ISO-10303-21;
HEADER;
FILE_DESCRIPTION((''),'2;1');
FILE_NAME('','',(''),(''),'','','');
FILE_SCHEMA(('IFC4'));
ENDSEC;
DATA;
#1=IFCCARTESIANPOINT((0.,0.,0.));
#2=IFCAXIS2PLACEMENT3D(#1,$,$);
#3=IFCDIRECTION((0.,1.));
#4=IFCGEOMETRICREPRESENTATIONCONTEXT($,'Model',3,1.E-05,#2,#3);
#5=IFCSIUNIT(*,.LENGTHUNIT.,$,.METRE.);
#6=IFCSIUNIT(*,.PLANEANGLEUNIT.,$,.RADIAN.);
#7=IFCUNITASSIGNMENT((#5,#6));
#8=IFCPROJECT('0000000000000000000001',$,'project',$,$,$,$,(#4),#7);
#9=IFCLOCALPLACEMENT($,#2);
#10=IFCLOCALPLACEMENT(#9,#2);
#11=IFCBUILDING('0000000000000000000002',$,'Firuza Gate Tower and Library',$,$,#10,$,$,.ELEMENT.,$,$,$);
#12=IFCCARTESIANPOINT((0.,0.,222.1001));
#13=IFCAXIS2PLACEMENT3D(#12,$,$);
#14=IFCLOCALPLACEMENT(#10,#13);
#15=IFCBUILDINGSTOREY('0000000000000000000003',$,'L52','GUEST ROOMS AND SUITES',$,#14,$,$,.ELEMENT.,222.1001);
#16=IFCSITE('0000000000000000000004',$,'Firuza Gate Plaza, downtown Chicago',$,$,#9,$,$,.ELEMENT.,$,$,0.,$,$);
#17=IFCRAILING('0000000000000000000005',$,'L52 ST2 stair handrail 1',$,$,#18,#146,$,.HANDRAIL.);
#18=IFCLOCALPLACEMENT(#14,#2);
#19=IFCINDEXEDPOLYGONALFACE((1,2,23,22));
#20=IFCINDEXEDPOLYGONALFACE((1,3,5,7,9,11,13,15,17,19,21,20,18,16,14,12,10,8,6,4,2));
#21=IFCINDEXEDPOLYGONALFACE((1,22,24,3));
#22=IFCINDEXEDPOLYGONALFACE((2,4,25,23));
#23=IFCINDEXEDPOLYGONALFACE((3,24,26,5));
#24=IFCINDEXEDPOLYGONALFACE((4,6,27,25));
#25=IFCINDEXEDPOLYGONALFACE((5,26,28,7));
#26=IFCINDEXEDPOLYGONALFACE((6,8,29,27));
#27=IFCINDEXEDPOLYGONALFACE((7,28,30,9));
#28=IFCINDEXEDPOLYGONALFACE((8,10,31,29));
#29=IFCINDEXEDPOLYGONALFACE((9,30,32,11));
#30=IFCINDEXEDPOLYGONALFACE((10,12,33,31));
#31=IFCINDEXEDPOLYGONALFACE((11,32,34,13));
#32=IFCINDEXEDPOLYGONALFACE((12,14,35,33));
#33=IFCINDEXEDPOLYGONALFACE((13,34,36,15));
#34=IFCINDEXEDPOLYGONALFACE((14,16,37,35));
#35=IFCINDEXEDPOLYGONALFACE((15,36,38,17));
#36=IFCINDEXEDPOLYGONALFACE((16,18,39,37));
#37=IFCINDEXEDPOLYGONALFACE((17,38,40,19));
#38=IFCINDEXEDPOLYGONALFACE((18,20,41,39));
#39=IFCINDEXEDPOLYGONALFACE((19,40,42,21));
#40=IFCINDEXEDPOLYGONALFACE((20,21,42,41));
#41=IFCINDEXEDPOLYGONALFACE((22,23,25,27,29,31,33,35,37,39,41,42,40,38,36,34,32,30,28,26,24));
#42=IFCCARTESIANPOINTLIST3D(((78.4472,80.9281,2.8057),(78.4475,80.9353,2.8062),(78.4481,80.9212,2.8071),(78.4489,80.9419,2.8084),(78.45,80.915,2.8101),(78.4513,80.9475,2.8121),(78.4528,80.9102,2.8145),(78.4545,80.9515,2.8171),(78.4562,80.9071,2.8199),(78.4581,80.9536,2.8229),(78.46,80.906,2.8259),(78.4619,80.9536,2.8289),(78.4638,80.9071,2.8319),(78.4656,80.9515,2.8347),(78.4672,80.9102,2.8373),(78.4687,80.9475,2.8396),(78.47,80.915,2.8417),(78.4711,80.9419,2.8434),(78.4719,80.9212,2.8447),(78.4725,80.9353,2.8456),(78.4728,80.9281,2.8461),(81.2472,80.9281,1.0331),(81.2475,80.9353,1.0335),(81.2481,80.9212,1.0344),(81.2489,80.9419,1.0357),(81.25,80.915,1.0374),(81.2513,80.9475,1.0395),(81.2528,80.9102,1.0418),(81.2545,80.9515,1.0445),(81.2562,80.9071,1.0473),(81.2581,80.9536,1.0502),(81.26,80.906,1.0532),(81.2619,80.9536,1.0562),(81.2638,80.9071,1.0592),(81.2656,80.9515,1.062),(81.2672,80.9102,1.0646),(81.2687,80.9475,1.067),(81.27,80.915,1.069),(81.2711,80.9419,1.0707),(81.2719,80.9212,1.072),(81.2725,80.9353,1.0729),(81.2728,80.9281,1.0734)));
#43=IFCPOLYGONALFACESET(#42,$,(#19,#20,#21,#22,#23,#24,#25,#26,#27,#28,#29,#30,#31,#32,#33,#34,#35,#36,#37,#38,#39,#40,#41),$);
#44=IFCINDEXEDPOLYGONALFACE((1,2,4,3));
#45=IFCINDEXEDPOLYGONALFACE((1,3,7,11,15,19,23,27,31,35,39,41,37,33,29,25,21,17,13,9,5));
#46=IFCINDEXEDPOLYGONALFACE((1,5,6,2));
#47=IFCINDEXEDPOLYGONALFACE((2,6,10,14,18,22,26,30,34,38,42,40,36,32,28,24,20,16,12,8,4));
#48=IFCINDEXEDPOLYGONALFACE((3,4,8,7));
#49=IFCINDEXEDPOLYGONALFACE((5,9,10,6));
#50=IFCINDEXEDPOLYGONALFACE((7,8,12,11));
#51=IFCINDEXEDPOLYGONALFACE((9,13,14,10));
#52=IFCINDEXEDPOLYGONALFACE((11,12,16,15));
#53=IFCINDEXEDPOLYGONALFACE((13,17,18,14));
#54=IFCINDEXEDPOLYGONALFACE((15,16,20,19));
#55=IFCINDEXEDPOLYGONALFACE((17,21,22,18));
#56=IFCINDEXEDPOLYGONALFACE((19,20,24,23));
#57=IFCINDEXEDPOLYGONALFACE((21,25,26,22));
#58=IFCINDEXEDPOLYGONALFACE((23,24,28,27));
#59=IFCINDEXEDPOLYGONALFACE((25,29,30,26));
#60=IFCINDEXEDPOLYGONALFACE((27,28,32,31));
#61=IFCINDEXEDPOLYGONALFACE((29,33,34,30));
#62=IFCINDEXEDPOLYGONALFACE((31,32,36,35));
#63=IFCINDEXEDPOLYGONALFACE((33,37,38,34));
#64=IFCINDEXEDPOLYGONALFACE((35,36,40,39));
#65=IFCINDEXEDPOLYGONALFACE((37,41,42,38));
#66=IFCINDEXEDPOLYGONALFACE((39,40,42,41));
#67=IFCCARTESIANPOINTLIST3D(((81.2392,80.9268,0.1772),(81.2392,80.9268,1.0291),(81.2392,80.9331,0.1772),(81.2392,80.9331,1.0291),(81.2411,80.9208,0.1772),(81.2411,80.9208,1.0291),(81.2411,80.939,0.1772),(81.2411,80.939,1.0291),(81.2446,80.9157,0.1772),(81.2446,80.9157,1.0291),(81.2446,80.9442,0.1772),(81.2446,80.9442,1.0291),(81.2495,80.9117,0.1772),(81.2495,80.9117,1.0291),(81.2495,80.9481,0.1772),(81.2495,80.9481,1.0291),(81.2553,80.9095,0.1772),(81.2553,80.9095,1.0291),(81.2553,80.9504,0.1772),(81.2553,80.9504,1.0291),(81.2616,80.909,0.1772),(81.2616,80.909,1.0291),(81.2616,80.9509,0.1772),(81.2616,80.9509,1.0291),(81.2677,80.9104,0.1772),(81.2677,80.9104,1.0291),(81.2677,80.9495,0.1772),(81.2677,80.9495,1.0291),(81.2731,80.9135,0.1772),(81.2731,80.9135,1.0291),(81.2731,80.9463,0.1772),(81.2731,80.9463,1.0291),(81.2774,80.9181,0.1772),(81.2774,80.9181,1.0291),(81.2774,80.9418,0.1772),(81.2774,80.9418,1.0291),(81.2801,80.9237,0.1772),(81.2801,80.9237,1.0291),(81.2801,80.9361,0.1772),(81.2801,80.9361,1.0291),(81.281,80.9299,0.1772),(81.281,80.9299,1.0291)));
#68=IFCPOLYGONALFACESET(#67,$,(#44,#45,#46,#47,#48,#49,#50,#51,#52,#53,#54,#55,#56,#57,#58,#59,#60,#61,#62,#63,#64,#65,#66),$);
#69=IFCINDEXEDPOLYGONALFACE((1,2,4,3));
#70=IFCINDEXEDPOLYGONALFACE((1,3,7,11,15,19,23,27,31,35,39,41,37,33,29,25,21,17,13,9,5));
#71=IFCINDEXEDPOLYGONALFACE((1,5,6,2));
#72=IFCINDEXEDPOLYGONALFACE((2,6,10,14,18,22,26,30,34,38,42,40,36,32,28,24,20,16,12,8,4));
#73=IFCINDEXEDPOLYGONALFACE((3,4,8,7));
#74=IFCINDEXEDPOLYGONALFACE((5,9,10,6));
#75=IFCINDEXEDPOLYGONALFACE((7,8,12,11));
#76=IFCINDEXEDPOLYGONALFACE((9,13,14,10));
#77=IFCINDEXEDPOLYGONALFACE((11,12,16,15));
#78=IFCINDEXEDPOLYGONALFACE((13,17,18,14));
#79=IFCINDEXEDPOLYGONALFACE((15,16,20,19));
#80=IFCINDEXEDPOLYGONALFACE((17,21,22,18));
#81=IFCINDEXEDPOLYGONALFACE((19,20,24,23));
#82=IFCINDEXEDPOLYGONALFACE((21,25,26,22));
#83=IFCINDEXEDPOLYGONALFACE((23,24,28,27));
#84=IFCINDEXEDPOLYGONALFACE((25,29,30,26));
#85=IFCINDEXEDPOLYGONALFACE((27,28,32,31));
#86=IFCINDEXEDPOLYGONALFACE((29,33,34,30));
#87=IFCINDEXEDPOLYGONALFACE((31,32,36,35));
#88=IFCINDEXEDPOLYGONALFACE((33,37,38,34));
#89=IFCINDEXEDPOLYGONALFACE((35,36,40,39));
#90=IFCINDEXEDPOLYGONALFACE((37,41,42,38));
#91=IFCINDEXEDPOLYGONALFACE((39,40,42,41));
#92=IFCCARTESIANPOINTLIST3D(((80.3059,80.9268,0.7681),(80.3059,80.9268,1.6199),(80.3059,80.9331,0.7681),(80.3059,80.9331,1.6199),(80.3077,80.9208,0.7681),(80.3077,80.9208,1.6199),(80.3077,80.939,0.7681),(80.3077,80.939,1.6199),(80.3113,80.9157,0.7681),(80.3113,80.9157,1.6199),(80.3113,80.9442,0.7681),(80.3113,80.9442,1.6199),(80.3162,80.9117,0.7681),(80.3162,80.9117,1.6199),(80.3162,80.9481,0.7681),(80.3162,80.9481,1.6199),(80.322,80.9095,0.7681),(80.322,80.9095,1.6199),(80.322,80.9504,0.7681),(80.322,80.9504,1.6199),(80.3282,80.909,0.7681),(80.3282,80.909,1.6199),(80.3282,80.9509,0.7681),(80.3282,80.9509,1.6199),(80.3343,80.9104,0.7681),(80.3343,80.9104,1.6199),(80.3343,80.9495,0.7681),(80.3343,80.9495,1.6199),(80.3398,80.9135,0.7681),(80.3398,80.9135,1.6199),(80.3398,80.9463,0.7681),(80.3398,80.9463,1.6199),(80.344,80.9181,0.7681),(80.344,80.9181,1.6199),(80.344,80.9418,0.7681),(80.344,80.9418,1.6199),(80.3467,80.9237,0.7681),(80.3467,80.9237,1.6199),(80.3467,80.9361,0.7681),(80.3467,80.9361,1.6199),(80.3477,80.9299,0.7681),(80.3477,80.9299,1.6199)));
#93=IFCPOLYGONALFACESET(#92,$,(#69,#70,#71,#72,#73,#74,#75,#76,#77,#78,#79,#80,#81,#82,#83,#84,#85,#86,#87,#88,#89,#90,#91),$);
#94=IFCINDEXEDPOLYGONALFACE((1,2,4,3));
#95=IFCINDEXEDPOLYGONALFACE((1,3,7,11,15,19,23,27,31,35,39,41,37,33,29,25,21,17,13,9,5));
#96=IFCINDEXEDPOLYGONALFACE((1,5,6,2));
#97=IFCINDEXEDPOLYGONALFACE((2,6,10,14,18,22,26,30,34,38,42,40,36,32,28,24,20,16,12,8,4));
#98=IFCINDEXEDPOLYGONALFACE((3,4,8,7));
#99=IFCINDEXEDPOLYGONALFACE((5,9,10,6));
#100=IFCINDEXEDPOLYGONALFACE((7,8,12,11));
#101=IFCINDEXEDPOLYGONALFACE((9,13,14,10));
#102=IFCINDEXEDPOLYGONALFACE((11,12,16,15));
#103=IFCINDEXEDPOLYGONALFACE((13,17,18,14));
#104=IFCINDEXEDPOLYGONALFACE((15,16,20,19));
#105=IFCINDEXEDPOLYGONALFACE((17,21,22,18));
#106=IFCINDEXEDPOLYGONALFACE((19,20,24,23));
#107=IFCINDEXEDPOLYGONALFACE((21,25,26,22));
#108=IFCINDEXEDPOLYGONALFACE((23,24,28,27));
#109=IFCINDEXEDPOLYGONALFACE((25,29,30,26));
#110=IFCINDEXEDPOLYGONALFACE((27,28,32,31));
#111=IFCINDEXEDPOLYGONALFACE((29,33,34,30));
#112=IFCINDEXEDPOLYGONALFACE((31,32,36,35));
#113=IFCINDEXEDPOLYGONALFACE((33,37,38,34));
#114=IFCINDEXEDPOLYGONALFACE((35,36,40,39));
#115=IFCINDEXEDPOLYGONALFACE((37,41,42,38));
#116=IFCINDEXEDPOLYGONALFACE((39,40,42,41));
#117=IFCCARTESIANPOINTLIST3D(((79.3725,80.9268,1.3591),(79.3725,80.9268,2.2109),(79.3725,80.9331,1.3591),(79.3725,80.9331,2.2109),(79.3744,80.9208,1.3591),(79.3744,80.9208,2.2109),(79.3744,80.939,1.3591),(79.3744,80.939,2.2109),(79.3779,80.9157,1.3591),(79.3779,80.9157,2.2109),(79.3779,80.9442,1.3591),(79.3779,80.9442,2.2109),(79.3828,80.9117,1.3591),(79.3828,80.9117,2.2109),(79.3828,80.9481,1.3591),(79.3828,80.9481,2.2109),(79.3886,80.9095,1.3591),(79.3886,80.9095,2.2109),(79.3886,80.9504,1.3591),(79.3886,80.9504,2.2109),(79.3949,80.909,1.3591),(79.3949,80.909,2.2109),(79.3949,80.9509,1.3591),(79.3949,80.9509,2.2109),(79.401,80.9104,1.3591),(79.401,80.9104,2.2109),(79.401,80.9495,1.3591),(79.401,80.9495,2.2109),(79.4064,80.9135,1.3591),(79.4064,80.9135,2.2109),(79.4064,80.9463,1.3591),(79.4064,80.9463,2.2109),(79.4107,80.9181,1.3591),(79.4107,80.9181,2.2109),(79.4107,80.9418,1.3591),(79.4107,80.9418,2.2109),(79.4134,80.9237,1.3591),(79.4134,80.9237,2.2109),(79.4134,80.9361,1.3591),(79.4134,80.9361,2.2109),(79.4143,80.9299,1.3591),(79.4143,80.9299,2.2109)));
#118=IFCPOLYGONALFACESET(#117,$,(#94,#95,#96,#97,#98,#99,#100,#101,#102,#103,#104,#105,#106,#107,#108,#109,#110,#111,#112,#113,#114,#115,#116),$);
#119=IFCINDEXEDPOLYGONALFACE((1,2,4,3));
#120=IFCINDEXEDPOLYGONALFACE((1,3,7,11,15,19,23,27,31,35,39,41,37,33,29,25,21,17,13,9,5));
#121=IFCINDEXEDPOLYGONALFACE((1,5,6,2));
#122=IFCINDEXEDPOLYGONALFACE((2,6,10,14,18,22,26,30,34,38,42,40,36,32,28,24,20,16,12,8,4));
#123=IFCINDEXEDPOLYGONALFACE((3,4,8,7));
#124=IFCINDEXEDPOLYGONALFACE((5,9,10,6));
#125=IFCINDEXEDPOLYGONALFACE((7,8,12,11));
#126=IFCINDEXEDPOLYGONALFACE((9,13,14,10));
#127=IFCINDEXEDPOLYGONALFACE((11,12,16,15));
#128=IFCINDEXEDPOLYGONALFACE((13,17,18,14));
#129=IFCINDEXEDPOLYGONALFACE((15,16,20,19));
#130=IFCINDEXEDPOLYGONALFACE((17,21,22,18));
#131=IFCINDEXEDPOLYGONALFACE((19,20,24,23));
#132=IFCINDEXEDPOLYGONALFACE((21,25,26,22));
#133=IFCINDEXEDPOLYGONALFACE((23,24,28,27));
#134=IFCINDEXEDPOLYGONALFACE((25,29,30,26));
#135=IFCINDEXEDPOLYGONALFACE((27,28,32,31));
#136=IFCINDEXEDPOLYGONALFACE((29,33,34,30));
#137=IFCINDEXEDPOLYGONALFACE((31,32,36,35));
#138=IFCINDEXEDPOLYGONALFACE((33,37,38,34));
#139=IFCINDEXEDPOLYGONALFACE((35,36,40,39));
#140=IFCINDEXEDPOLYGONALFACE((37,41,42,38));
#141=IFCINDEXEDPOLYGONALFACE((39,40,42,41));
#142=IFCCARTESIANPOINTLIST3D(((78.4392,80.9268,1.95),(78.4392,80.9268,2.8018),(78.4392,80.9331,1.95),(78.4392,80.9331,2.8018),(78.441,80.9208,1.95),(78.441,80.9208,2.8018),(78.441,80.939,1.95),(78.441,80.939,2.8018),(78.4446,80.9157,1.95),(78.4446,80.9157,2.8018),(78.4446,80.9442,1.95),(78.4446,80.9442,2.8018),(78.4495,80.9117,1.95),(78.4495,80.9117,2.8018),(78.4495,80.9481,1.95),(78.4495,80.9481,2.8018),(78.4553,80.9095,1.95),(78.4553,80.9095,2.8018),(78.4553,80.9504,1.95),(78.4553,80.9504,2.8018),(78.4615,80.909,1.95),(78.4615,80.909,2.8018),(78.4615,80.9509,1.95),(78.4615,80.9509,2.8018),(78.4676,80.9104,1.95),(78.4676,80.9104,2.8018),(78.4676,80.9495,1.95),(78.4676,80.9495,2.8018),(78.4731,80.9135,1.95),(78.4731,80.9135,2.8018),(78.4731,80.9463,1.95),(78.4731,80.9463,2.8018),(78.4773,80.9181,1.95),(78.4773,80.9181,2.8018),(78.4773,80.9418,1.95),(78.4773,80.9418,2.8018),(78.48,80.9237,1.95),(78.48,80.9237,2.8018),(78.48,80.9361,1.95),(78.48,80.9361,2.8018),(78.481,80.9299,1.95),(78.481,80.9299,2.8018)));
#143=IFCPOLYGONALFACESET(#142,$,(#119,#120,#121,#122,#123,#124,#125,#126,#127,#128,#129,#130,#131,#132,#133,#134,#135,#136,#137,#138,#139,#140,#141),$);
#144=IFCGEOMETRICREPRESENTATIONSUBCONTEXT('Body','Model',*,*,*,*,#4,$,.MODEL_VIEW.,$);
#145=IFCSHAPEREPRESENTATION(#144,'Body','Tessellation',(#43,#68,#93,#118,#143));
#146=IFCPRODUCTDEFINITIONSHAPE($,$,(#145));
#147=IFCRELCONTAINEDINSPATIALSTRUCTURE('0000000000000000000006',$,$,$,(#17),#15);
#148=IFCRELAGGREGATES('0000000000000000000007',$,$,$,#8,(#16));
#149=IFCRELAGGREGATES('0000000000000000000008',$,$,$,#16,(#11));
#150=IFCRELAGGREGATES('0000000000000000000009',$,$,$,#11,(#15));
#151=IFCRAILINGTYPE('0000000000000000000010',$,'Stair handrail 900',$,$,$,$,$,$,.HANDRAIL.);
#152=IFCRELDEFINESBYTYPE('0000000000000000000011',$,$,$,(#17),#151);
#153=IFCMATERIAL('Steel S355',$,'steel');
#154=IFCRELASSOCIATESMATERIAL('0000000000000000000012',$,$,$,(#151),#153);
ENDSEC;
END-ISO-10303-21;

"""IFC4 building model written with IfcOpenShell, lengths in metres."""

from ifc_helpers import new_model, si_unit, direction, frame, origin, origin_2d, place, context, subcontext, project, spatial, circle, extrude, material, type_object, element, save


model = new_model("IFC4")

# Units and contexts
model_context = context("Model", 3, precision=1e-05, world=origin(), true_north=direction((0.0, 1.0)))
body_context = subcontext(model_context, "Body", "Model", "MODEL_VIEW")
ifc_project = project(units=[si_unit("LENGTHUNIT", "METRE"), si_unit("PLANEANGLEUNIT", "RADIAN")], contexts=[model_context])

# Site, building, storey
site_placement = place(None, origin())
site = spatial("IfcSite", under=ifc_project, at=site_placement, Name="Firuza Gate Plaza, downtown Chicago", CompositionType="ELEMENT", RefElevation=0.0)
building_placement = place(site_placement, origin())
building = spatial("IfcBuilding", under=site, at=building_placement, Name="Firuza Gate Tower and Library", CompositionType="ELEMENT")
storey_placement = place(building_placement, frame((0.0, 0.0, 222.1001)))
storey = spatial("IfcBuildingStorey", under=building, at=storey_placement, Name="L52", Description="GUEST ROOMS AND SUITES", CompositionType="ELEMENT", Elevation=222.1001)

# Railing
ifc_material_1 = material(Name="Steel S355", Category="steel")
railing_type_1 = type_object("IfcRailingType", Name="Stair handrail 900", PredefinedType="HANDRAIL", material=ifc_material_1)
railing_1_placement = place(storey_placement, frame((81.26, 80.9299, 0.1772)))
element("IfcRailing", 1, at=railing_1_placement, inside=storey, type_object=railing_type_1, Name="L52 ST2 stair handrail 1", PredefinedType="HANDRAIL", context=body_context, shape_type="SweptSolid", body=[
    extrude(circle(Radius=0.0239, at=origin_2d()), frame((0.0, 0.0, 0.876), z_axis=(-0.844909, 0.0, 0.53491), x_axis=(0.0, -1.0, 0.0)), (0.0, 0.0, 1.0), 3.314),
    extrude(circle(Radius=0.021, at=origin_2d()), origin(), (0.0, 0.0, 1.0), 0.8518),
    extrude(circle(Radius=0.021, at=origin_2d()), frame((-0.9333, 0.0, 0.5908)), (0.0, 0.0, 1.0), 0.8518),
    extrude(circle(Radius=0.021, at=origin_2d()), frame((-1.8667, 0.0, 1.1819)), (0.0, 0.0, 1.0), 0.8518),
    extrude(circle(Radius=0.021, at=origin_2d()), frame((-2.8, 0.0, 1.7727)), (0.0, 0.0, 1.0), 0.8518),
])

save(model, "model.ifc")
